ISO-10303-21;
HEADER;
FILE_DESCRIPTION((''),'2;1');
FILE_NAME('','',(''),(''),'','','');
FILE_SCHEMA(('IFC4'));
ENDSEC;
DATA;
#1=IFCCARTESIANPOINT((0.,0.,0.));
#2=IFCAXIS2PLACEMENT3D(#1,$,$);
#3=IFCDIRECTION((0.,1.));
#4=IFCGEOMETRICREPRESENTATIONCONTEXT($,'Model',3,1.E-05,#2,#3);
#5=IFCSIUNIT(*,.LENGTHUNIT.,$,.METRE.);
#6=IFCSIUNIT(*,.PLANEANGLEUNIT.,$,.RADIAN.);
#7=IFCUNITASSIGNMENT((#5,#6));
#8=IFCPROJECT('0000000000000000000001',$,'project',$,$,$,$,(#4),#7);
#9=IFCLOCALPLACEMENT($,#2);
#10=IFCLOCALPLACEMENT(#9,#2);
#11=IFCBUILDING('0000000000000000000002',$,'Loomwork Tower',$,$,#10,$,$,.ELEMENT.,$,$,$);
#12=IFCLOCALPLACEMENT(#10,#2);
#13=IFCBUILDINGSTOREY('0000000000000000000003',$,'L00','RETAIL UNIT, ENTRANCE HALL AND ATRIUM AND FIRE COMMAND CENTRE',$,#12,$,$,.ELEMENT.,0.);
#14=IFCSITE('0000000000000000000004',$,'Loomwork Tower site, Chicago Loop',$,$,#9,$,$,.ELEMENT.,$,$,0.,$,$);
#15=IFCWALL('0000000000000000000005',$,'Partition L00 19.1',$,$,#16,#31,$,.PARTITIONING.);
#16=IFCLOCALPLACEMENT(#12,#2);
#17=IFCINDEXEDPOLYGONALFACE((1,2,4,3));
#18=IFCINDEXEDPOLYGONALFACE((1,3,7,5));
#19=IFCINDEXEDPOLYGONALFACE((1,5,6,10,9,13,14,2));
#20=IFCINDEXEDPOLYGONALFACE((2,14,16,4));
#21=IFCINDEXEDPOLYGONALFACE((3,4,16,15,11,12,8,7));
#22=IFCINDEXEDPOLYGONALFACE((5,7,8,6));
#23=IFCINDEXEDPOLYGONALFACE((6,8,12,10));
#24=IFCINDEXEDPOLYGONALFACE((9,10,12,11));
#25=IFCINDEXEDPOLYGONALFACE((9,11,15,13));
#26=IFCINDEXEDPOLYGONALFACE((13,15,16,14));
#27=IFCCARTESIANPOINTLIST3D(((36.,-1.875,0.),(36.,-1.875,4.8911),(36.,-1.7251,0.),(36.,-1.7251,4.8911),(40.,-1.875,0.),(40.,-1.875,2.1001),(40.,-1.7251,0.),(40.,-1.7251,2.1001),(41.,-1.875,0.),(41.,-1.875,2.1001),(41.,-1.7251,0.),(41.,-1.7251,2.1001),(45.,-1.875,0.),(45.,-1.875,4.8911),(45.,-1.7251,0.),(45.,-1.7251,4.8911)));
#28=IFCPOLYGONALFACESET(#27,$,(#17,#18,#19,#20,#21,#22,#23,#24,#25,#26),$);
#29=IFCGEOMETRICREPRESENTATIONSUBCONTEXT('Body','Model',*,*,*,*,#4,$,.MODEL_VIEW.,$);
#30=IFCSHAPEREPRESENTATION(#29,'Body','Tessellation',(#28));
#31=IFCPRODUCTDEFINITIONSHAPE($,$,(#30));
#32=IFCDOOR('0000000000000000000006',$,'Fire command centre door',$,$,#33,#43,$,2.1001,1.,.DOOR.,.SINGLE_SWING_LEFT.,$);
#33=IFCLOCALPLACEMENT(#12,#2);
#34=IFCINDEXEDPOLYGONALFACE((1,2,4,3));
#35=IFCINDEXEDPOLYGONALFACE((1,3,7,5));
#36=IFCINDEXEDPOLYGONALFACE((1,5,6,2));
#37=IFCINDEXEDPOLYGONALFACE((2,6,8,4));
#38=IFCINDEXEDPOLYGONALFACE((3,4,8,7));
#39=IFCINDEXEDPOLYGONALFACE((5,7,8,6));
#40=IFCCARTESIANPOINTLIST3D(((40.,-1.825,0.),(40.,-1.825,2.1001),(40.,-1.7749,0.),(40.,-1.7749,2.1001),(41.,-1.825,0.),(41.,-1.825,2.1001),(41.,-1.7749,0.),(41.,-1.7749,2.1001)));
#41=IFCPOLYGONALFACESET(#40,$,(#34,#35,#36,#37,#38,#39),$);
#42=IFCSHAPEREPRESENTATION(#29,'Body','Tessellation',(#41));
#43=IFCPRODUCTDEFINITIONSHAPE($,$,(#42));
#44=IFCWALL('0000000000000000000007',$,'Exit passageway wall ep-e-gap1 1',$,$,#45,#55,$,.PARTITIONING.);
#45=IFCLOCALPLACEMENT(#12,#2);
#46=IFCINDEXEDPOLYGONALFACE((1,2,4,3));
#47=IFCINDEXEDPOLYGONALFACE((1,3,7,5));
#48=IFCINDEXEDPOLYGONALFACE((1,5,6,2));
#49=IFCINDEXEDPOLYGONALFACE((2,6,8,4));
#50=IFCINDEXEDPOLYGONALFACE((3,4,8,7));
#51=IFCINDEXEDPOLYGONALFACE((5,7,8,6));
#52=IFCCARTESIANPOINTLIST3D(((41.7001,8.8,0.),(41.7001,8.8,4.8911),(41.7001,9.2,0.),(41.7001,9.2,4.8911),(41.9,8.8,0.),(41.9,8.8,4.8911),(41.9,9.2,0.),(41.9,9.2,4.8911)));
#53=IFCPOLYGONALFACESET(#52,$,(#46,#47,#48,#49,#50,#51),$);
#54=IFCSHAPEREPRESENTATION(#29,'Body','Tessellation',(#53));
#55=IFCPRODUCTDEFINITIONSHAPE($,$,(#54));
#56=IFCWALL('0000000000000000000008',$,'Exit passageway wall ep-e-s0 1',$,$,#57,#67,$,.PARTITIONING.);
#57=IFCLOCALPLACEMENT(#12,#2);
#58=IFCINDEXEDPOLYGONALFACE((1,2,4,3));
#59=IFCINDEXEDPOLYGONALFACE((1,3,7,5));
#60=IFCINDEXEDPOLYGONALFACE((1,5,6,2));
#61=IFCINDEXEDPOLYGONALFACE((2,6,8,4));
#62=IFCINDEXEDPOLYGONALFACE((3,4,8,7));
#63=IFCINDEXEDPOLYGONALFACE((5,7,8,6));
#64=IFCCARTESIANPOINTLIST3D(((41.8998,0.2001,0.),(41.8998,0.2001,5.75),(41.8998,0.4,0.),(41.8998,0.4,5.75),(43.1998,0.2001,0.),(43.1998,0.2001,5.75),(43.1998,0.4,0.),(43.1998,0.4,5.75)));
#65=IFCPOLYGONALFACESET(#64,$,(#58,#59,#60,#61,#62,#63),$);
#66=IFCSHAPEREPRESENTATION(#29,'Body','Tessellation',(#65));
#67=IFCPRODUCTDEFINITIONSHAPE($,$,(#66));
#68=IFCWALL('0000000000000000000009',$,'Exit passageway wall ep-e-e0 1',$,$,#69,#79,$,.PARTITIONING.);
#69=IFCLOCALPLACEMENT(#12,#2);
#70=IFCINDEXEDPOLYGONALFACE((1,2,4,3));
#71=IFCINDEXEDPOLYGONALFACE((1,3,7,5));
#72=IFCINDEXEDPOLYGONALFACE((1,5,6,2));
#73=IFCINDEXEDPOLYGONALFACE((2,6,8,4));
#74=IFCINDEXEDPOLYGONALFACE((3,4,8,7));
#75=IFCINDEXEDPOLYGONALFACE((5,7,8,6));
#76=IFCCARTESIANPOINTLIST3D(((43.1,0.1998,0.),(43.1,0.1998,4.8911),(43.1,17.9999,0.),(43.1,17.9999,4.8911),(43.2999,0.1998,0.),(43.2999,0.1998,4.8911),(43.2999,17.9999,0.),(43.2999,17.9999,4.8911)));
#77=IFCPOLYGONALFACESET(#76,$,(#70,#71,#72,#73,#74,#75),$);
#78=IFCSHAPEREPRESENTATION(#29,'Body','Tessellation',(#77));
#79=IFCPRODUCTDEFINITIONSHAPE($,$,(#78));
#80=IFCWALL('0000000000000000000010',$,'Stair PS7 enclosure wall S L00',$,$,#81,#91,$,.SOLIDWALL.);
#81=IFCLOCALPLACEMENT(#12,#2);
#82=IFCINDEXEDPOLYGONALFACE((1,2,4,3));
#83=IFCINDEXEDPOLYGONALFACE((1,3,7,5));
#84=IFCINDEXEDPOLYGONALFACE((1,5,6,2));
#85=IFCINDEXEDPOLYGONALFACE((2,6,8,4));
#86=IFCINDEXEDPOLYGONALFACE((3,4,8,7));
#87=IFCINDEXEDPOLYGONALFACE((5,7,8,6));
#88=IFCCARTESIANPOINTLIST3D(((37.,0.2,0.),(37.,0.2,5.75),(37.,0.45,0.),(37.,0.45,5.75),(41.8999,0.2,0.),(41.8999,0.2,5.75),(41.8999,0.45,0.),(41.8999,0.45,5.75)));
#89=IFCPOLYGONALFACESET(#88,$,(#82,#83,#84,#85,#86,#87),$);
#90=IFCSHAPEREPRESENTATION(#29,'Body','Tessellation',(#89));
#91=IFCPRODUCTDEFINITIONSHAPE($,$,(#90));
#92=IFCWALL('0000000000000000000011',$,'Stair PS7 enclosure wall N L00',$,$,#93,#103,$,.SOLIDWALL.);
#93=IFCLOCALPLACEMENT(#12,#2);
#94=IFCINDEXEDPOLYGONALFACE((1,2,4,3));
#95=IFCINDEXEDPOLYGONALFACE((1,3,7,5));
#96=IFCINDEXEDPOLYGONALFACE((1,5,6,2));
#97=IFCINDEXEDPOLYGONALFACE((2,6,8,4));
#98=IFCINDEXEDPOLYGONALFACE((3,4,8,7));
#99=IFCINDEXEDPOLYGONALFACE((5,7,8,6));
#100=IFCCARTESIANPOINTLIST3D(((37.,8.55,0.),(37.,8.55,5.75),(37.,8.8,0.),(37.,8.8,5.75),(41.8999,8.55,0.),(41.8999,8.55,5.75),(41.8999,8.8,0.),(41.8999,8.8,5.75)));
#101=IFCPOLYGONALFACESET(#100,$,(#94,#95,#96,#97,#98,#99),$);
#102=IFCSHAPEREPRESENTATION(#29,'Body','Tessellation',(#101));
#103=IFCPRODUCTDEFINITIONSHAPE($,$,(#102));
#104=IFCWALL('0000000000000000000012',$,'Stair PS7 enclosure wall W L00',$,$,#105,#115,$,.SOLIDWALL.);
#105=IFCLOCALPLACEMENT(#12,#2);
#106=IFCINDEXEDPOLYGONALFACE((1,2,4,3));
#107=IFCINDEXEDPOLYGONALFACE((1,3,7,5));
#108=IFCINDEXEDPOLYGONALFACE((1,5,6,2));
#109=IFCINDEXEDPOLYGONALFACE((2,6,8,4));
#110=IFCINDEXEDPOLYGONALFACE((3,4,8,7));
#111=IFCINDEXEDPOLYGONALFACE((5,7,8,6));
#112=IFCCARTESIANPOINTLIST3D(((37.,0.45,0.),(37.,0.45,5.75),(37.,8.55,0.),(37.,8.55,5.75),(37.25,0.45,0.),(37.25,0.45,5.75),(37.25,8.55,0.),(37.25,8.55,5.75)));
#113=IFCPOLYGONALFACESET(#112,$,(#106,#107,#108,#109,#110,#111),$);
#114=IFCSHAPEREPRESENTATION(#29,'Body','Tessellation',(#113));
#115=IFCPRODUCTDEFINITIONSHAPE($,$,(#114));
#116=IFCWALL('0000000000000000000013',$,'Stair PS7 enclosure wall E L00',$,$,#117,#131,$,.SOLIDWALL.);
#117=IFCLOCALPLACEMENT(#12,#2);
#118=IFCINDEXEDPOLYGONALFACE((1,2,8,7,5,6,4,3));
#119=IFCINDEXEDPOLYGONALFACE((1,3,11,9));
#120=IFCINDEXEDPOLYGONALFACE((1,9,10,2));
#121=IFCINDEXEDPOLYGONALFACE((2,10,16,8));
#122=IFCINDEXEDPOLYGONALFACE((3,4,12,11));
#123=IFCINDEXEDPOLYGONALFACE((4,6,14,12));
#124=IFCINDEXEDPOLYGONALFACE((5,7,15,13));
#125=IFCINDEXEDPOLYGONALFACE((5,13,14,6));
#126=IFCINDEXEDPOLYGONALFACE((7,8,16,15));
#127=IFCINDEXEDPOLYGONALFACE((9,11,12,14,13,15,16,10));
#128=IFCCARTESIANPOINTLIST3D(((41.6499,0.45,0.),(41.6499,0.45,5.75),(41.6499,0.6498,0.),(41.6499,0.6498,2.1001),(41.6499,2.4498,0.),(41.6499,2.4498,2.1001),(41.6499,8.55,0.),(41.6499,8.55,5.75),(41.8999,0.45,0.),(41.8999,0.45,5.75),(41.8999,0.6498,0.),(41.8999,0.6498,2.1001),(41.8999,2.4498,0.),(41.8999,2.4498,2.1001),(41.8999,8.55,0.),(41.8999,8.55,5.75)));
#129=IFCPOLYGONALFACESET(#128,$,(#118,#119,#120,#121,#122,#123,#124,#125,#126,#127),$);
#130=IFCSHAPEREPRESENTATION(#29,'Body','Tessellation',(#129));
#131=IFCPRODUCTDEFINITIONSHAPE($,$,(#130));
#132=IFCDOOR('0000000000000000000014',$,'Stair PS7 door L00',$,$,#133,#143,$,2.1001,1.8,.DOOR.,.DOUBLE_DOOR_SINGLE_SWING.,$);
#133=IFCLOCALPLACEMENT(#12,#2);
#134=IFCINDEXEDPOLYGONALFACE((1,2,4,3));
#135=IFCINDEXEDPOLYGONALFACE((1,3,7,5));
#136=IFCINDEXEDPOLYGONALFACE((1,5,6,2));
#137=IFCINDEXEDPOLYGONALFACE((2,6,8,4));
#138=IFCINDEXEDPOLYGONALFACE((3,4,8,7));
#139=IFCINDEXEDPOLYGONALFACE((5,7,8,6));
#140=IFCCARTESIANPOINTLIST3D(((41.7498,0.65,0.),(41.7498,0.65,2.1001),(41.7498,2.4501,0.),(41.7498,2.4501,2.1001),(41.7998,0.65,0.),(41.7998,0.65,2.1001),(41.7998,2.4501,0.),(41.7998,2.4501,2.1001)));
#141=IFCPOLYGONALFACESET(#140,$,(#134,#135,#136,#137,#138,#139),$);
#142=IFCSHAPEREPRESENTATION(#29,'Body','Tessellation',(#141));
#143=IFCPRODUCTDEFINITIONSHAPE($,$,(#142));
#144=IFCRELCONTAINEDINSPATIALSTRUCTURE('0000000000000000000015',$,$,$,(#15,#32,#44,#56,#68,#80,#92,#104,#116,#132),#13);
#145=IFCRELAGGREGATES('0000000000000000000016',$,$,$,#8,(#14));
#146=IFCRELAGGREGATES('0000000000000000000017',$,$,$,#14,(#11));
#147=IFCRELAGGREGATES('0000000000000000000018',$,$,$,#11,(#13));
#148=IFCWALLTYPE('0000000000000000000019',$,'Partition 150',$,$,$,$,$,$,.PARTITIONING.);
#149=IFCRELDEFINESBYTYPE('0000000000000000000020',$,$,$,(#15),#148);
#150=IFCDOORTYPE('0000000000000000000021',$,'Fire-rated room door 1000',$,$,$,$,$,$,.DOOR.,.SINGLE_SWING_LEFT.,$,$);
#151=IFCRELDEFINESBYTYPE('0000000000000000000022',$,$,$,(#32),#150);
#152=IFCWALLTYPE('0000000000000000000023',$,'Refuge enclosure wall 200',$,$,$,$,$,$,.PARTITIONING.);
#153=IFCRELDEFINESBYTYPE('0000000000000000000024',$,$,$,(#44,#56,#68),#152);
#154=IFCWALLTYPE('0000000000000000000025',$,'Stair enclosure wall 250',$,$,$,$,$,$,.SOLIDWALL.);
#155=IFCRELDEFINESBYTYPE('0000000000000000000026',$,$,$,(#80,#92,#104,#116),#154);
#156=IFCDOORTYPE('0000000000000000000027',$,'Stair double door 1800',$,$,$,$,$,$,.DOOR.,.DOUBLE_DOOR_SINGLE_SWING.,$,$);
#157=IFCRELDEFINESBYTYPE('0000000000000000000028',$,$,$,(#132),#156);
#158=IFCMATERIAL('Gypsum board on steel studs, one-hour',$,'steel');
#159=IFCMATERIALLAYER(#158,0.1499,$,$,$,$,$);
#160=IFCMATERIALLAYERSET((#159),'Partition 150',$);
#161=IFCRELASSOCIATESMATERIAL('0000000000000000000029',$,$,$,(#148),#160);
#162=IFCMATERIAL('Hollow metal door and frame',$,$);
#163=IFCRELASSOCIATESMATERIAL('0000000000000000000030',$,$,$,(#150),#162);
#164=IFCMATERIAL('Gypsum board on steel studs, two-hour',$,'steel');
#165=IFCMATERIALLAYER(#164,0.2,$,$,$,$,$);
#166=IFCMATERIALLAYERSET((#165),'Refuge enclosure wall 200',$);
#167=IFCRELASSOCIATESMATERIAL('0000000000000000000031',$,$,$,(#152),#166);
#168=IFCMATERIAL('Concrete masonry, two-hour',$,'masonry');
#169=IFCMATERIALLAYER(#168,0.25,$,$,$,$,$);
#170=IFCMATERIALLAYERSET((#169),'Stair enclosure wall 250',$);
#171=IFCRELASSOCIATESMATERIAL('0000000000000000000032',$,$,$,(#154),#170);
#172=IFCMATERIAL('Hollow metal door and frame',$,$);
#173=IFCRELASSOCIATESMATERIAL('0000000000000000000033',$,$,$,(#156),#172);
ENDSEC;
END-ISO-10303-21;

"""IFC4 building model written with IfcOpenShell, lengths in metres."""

from ifc_helpers import new_model, si_unit, direction, frame, frame_2d, origin, place, context, subcontext, project, spatial, rectangle, extrude, material, layer, layer_set, type_object, element, fill, save


model = new_model("IFC4")

# Units and contexts
model_context = context("Model", 3, precision=1e-05, world=origin(), true_north=direction((0.0, 1.0)))
body_context = subcontext(model_context, "Body", "Model", "MODEL_VIEW")
ifc_project = project(units=[si_unit("LENGTHUNIT", "METRE"), si_unit("PLANEANGLEUNIT", "RADIAN")], contexts=[model_context])

# Site, building, storey
site_placement = place(None, origin())
site = spatial("IfcSite", under=ifc_project, at=site_placement, Name="Loomwork Tower site, Chicago Loop", CompositionType="ELEMENT", RefElevation=0.0)
building_placement = place(site_placement, origin())
building = spatial("IfcBuilding", under=site, at=building_placement, Name="Loomwork Tower", CompositionType="ELEMENT")
storey_placement = place(building_placement, origin())
storey = spatial("IfcBuildingStorey", under=building, at=storey_placement, Name="L00", Description="RETAIL UNIT, ENTRANCE HALL AND ATRIUM AND FIRE COMMAND CENTRE", CompositionType="ELEMENT", Elevation=0.0)

# Shared definitions
ifc_material_1 = material(Name="Gypsum board on steel studs, one-hour", Category="steel")
ifc_layer_1 = layer(ifc_material_1, 0.1499)
ifc_layer_set_1 = layer_set([ifc_layer_1], Name="Partition 150")
wall_type_1 = type_object("IfcWallType", Name="Partition 150", PredefinedType="PARTITIONING", material=ifc_layer_set_1)

# Wall, opening, door
wall_1_placement = place(storey_placement, frame((36.0, -1.8, 0.0), z_axis=(0.0, 0.0, 1.0), x_axis=(1.0, 0.0, 0.0)))
wall_1 = element("IfcWall", 1, at=wall_1_placement, inside=storey, type_object=wall_type_1, Name="Partition L00 19.1", PredefinedType="PARTITIONING", context=body_context, shape_type="SweptSolid", body=[
    extrude(rectangle(XDim=9.0, YDim=0.1499, at=frame_2d((4.5, 0.0))), origin(), (0.0, 0.0, 1.0), 4.8911),
])
opening_1_placement = place(wall_1_placement, frame((4.0, 0.0, 0.0)))
opening_1 = element("IfcOpeningElement", 2, at=opening_1_placement, cuts=wall_1, PredefinedType="OPENING", context=body_context, shape_type="SweptSolid", body=[
    extrude(rectangle(XDim=1.0, YDim=2.1001, at=frame_2d((0.5, 1.05))), frame((0.0, 0.085, 0.0), z_axis=(0.0, -1.0, 0.0), x_axis=(1.0, 0.0, 0.0)), (0.0, 0.0, 1.0), 0.1699),
])
ifc_material_2 = material(Name="Hollow metal door and frame")
door_type_1 = type_object("IfcDoorType", Name="Fire-rated room door 1000", OperationType="SINGLE_SWING_LEFT", PredefinedType="DOOR", material=ifc_material_2)
door_1_placement = place(opening_1_placement, frame((1.0, 0.0, 0.0), z_axis=(0.0, 0.0, 1.0), x_axis=(-1.0, 0.0, 0.0)))
door_1 = element("IfcDoor", 3, at=door_1_placement, inside=storey, type_object=door_type_1, Name="Fire command centre door", OperationType="SINGLE_SWING_LEFT", OverallHeight=2.1001, OverallWidth=1.0, PredefinedType="DOOR", context=body_context, shape_type="SweptSolid", body=[
    extrude(rectangle(XDim=1.0, YDim=2.1001, at=frame_2d((0.5, 1.05))), frame((0.0, 0.0249, 0.0), z_axis=(0.0, -1.0, 0.0), x_axis=(1.0, 0.0, 0.0)), (0.0, 0.0, 1.0), 0.05),
])
fill(opening_1, door_1)

# Walls
ifc_material_3 = material(Name="Gypsum board on steel studs, two-hour", Category="steel")
ifc_layer_2 = layer(ifc_material_3, 0.2)
ifc_layer_set_2 = layer_set([ifc_layer_2], Name="Refuge enclosure wall 200")
wall_type_2 = type_object("IfcWallType", Name="Refuge enclosure wall 200", PredefinedType="PARTITIONING", material=ifc_layer_set_2)
wall_2_placement = place(storey_placement, frame((41.8, 8.8, 0.0), z_axis=(0.0, 0.0, 1.0), x_axis=(0.0, 1.0, 0.0)))
element("IfcWall", 4, at=wall_2_placement, inside=storey, type_object=wall_type_2, Name="Exit passageway wall ep-e-gap1 1", PredefinedType="PARTITIONING", context=body_context, shape_type="SweptSolid", body=[
    extrude(rectangle(XDim=0.3999, YDim=0.2, at=frame_2d((0.2, 0.0))), origin(), (0.0, 0.0, 1.0), 4.8911),
])
wall_3_placement = place(storey_placement, frame((41.8999, 0.3, 0.0), z_axis=(0.0, 0.0, 1.0), x_axis=(1.0, 0.0, 0.0)))
element("IfcWall", 5, at=wall_3_placement, inside=storey, type_object=wall_type_2, Name="Exit passageway wall ep-e-s0 1", PredefinedType="PARTITIONING", context=body_context, shape_type="SweptSolid", body=[
    extrude(rectangle(XDim=1.3, YDim=0.2, at=frame_2d((0.6499, 0.0))), origin(), (0.0, 0.0, 1.0), 5.75),
])
wall_4_placement = place(storey_placement, frame((43.2, 0.2, 0.0), z_axis=(0.0, 0.0, 1.0), x_axis=(0.0, 1.0, 0.0)))
element("IfcWall", 6, at=wall_4_placement, inside=storey, type_object=wall_type_2, Name="Exit passageway wall ep-e-e0 1", PredefinedType="PARTITIONING", context=body_context, shape_type="SweptSolid", body=[
    extrude(rectangle(XDim=17.8, YDim=0.2, at=frame_2d((8.8999, 0.0))), origin(), (0.0, 0.0, 1.0), 4.8911),
])
ifc_material_4 = material(Name="Concrete masonry, two-hour", Category="masonry")
ifc_layer_3 = layer(ifc_material_4, 0.25)
ifc_layer_set_3 = layer_set([ifc_layer_3], Name="Stair enclosure wall 250")
wall_type_3 = type_object("IfcWallType", Name="Stair enclosure wall 250", PredefinedType="SOLIDWALL", material=ifc_layer_set_3)
for number, where, z_axis, x_axis, name in (
    (7, (37.0, 0.325, 0.0), (0.0, 0.0, 1.0), (1.0, 0.0, 0.0), "Stair PS7 enclosure wall S L00"),
    (8, (37.0, 8.675, 0.0), (0.0, 0.0, 1.0), (1.0, 0.0, 0.0), "Stair PS7 enclosure wall N L00"),
):
    element("IfcWall", number, at=place(storey_placement, frame(where, z_axis=z_axis, x_axis=x_axis)), inside=storey, type_object=wall_type_3, Name=name, PredefinedType="SOLIDWALL", context=body_context, shape_type="SweptSolid", body=[
        extrude(rectangle(XDim=4.8999, YDim=0.25, at=frame_2d((2.45, 0.0))), origin(), (0.0, 0.0, 1.0), 5.75),
    ])
wall_5_placement = place(storey_placement, frame((37.125, 0.45, 0.0), z_axis=(0.0, 0.0, 1.0), x_axis=(0.0, 1.0, 0.0)))
element("IfcWall", 9, at=wall_5_placement, inside=storey, type_object=wall_type_3, Name="Stair PS7 enclosure wall W L00", PredefinedType="SOLIDWALL", context=body_context, shape_type="SweptSolid", body=[
    extrude(rectangle(XDim=8.1001, YDim=0.25, at=frame_2d((4.05, 0.0))), origin(), (0.0, 0.0, 1.0), 5.75),
])

# Wall, opening, door
wall_6_placement = place(storey_placement, frame((41.7749, 0.45, 0.0), z_axis=(0.0, 0.0, 1.0), x_axis=(0.0, 1.0, 0.0)))
wall_6 = element("IfcWall", 10, at=wall_6_placement, inside=storey, type_object=wall_type_3, Name="Stair PS7 enclosure wall E L00", PredefinedType="SOLIDWALL", context=body_context, shape_type="SweptSolid", body=[
    extrude(rectangle(XDim=8.1001, YDim=0.25, at=frame_2d((4.05, 0.0))), origin(), (0.0, 0.0, 1.0), 5.75),
])
opening_2_placement = place(wall_6_placement, frame((0.2, 0.0, 0.0)))
opening_2 = element("IfcOpeningElement", 11, at=opening_2_placement, cuts=wall_6, PredefinedType="OPENING", context=body_context, shape_type="SweptSolid", body=[
    extrude(rectangle(XDim=1.8, YDim=2.1001, at=frame_2d((0.8999, 1.05))), frame((0.0, 0.135, 0.0), z_axis=(0.0, -1.0, 0.0), x_axis=(1.0, 0.0, 0.0)), (0.0, 0.0, 1.0), 0.27),
])
ifc_material_5 = material(Name="Hollow metal door and frame")
door_type_2 = type_object("IfcDoorType", Name="Stair double door 1800", OperationType="DOUBLE_DOOR_SINGLE_SWING", PredefinedType="DOOR", material=ifc_material_5)
door_2_placement = place(opening_2_placement, frame((1.8, 0.0, 0.0), z_axis=(0.0, 0.0, 1.0), x_axis=(-1.0, 0.0, 0.0)))
door_2 = element("IfcDoor", 12, at=door_2_placement, inside=storey, type_object=door_type_2, Name="Stair PS7 door L00", OperationType="DOUBLE_DOOR_SINGLE_SWING", OverallHeight=2.1001, OverallWidth=1.8, PredefinedType="DOOR", context=body_context, shape_type="SweptSolid", body=[
    extrude(rectangle(XDim=1.8, YDim=2.1001, at=frame_2d((0.8999, 1.05))), frame((0.0, 0.0249, 0.0), z_axis=(0.0, -1.0, 0.0), x_axis=(1.0, 0.0, 0.0)), (0.0, 0.0, 1.0), 0.05),
])
fill(opening_2, door_2)

save(model, "model.ifc")
